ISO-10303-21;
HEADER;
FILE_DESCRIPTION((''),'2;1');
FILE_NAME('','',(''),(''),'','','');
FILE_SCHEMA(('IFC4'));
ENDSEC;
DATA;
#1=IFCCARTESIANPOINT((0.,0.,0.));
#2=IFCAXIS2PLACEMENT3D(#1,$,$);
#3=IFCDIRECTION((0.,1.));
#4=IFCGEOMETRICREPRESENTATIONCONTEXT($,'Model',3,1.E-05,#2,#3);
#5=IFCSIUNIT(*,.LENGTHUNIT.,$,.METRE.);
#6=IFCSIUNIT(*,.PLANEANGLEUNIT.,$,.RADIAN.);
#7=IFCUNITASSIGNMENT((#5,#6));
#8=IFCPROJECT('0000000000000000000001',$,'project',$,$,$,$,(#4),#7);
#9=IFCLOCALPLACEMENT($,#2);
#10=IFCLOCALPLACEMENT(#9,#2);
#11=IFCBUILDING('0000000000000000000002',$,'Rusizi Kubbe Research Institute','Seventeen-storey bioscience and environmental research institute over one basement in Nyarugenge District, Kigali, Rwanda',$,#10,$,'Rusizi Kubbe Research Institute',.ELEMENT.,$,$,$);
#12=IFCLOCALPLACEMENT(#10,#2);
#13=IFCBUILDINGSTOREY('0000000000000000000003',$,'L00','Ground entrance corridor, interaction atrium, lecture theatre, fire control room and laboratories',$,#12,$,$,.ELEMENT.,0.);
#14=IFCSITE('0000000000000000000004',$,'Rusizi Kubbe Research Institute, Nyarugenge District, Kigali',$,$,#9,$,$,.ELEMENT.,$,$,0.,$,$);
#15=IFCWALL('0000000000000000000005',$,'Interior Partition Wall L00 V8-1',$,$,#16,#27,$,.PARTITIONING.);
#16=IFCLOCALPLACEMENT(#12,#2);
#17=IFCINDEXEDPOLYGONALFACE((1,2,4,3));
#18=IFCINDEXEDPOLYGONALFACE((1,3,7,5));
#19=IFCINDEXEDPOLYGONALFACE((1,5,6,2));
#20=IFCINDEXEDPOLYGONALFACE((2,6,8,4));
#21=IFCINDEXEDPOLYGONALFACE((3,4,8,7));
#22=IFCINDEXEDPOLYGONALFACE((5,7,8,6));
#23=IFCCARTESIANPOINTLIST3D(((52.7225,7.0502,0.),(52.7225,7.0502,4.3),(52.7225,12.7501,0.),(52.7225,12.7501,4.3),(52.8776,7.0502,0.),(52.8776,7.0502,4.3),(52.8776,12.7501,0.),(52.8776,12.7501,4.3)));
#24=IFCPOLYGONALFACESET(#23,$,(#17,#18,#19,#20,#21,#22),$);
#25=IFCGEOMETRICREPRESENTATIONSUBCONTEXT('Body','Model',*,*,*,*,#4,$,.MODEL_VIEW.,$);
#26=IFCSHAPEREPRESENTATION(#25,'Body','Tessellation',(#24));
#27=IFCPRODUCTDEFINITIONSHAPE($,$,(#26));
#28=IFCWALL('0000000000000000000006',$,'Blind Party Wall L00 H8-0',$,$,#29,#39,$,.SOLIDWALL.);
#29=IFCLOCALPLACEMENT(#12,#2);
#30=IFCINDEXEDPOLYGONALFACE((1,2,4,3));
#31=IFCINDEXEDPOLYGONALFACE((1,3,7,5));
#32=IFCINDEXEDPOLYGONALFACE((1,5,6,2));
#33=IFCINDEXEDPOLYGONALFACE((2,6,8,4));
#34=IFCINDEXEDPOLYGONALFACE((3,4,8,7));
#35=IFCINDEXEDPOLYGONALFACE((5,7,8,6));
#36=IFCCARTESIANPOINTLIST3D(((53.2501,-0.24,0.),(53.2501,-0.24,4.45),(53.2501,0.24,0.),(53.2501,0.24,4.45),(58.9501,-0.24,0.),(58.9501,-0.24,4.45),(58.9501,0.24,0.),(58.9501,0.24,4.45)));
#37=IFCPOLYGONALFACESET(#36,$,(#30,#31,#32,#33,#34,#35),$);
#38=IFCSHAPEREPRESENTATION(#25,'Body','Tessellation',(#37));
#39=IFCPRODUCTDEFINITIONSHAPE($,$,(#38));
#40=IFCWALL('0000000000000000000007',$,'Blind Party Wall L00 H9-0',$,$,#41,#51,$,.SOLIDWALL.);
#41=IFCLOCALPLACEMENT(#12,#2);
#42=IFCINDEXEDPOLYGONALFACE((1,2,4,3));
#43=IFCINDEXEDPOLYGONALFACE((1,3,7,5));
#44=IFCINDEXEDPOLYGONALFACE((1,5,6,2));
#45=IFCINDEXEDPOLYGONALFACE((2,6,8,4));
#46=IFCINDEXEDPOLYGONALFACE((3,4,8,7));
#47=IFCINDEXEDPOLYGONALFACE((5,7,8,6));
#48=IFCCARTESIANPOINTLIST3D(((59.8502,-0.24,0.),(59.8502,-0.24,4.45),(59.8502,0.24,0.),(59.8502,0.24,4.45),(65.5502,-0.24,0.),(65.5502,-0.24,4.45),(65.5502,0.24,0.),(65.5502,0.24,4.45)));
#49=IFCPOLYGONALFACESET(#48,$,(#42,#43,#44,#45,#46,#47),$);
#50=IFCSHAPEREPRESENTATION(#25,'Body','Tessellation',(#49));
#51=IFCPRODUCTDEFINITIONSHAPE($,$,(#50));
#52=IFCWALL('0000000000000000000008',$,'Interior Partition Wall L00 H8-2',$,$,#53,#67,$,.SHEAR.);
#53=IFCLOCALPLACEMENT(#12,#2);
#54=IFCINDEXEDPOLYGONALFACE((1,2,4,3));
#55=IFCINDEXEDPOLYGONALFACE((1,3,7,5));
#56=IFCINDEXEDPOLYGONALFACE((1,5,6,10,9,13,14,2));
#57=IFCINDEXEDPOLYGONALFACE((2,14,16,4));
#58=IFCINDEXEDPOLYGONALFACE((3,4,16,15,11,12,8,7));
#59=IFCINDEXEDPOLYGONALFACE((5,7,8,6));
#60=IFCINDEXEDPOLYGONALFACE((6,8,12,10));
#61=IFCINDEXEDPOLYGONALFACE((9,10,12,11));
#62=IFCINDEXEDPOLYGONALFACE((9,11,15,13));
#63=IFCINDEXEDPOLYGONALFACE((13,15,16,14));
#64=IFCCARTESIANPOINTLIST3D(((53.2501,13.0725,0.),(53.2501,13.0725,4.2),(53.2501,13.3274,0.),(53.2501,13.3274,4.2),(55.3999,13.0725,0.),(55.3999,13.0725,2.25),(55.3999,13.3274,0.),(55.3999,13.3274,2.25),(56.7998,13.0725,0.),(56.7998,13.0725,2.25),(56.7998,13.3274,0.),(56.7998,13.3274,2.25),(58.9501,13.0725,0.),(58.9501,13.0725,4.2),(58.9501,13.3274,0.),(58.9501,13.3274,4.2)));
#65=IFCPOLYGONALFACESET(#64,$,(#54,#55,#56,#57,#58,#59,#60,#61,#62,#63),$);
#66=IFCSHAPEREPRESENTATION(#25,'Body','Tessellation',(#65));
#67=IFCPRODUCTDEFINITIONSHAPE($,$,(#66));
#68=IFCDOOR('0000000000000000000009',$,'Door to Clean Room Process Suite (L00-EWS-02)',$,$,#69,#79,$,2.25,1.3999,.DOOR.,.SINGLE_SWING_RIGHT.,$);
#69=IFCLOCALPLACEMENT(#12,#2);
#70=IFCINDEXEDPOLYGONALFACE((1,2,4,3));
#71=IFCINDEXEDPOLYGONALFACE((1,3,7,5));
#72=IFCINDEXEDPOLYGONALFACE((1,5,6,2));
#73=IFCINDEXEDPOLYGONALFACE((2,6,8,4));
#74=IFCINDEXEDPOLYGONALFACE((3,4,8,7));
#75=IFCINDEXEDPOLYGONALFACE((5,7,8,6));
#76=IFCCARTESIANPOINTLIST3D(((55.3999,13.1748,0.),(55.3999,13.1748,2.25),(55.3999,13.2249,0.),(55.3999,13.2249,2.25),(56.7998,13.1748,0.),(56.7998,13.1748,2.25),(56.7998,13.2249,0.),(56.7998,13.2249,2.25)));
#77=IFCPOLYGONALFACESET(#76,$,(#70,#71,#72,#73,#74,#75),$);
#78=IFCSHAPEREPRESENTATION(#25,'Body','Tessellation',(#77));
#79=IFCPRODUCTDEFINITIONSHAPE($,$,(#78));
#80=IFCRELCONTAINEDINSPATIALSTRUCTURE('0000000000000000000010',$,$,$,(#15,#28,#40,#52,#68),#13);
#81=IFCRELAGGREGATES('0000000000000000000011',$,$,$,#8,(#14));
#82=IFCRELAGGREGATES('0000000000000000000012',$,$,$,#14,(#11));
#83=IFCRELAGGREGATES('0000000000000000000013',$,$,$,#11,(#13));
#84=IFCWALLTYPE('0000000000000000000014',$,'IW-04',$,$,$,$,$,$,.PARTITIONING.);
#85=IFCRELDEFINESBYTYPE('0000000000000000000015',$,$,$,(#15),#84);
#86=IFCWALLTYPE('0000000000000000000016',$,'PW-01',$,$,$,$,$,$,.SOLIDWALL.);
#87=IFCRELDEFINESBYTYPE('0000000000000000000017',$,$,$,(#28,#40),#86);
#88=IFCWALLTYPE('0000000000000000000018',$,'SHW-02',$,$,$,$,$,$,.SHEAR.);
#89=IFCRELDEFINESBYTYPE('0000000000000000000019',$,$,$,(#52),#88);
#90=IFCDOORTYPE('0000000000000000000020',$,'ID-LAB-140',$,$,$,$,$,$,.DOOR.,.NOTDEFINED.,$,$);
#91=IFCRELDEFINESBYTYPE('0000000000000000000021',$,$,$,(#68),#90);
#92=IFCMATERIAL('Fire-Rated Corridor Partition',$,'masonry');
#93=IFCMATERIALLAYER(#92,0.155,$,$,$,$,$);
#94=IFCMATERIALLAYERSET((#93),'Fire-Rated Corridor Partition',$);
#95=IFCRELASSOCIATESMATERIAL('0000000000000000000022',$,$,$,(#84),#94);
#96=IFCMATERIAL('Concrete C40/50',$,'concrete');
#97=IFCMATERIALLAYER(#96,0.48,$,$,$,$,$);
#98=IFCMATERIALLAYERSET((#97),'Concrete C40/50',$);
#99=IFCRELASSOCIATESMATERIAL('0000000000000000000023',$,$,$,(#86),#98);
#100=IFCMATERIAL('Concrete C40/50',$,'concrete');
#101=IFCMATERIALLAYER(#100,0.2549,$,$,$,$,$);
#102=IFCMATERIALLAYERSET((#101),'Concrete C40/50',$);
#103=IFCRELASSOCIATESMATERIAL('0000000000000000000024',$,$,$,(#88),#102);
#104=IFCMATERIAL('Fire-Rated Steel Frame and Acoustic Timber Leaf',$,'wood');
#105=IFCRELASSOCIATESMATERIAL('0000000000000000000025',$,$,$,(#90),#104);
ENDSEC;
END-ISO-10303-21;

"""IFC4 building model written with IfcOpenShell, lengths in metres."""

from ifc_helpers import new_model, si_unit, direction, frame, frame_2d, origin, place, context, subcontext, project, spatial, rectangle, extrude, material, layer, layer_set, type_object, element, fill, save


model = new_model("IFC4")

# Units and contexts
model_context = context("Model", 3, precision=1e-05, world=origin(), true_north=direction((0.0, 1.0)))
body_context = subcontext(model_context, "Body", "Model", "MODEL_VIEW")
ifc_project = project(units=[si_unit("LENGTHUNIT", "METRE"), si_unit("PLANEANGLEUNIT", "RADIAN")], contexts=[model_context])

# Site, building, storey
site_placement = place(None, origin())
site = spatial("IfcSite", under=ifc_project, at=site_placement, Name="Rusizi Kubbe Research Institute, Nyarugenge District, Kigali", CompositionType="ELEMENT", RefElevation=0.0)
building_placement = place(site_placement, origin())
building = spatial("IfcBuilding", under=site, at=building_placement, Name="Rusizi Kubbe Research Institute", Description="Seventeen-storey bioscience and environmental research institute over one basement in Nyarugenge District, Kigali, Rwanda", LongName="Rusizi Kubbe Research Institute", CompositionType="ELEMENT")
storey_placement = place(building_placement, origin())
storey = spatial("IfcBuildingStorey", under=building, at=storey_placement, Name="L00", Description="Ground entrance corridor, interaction atrium, lecture theatre, fire control room and laboratories", CompositionType="ELEMENT", Elevation=0.0)

# Walls
ifc_material_1 = material(Name="Fire-Rated Corridor Partition", Category="masonry")
ifc_layer_1 = layer(ifc_material_1, 0.155)
ifc_layer_set_1 = layer_set([ifc_layer_1], Name="Fire-Rated Corridor Partition")
wall_type_1 = type_object("IfcWallType", Name="IW-04", PredefinedType="PARTITIONING", material=ifc_layer_set_1)
wall_1_placement = place(storey_placement, frame((52.8, 7.05, 0.0), z_axis=(0.0, 0.0, 1.0), x_axis=(0.0, 1.0, 0.0)))
element("IfcWall", 1, at=wall_1_placement, inside=storey, type_object=wall_type_1, Name="Interior Partition Wall L00 V8-1", PredefinedType="PARTITIONING", context=body_context, shape_type="SweptSolid", body=[
    extrude(rectangle(XDim=5.7, YDim=0.155, at=frame_2d((2.8501, 0.0))), origin(), (0.0, 0.0, 1.0), 4.3),
])
ifc_material_2 = material(Name="Concrete C40/50", Category="concrete")
ifc_layer_2 = layer(ifc_material_2, 0.48)
ifc_layer_set_2 = layer_set([ifc_layer_2], Name="Concrete C40/50")
wall_type_2 = type_object("IfcWallType", Name="PW-01", PredefinedType="SOLIDWALL", material=ifc_layer_set_2)
for number, where, z_axis, x_axis, name in (
    (2, (53.25, 0.0, 0.0), (0.0, 0.0, 1.0), (1.0, 0.0, 0.0), "Blind Party Wall L00 H8-0"),
    (3, (59.8501, 0.0, 0.0), (0.0, 0.0, 1.0), (1.0, 0.0, 0.0), "Blind Party Wall L00 H9-0"),
):
    element("IfcWall", number, at=place(storey_placement, frame(where, z_axis=z_axis, x_axis=x_axis)), inside=storey, type_object=wall_type_2, Name=name, PredefinedType="SOLIDWALL", context=body_context, shape_type="SweptSolid", body=[
        extrude(rectangle(XDim=5.7, YDim=0.48, at=frame_2d((2.8501, 0.0))), origin(), (0.0, 0.0, 1.0), 4.45),
    ])

# Wall, opening, door
ifc_material_3 = material(Name="Concrete C40/50", Category="concrete")
ifc_layer_3 = layer(ifc_material_3, 0.2549)
ifc_layer_set_3 = layer_set([ifc_layer_3], Name="Concrete C40/50")
wall_type_3 = type_object("IfcWallType", Name="SHW-02", PredefinedType="SHEAR", material=ifc_layer_set_3)
wall_2_placement = place(storey_placement, frame((53.25, 13.2, 0.0), z_axis=(0.0, 0.0, 1.0), x_axis=(1.0, 0.0, 0.0)))
wall_2 = element("IfcWall", 4, at=wall_2_placement, inside=storey, type_object=wall_type_3, Name="Interior Partition Wall L00 H8-2", PredefinedType="SHEAR", context=body_context, shape_type="SweptSolid", body=[
    extrude(rectangle(XDim=5.7, YDim=0.2549, at=frame_2d((2.8501, 0.0))), origin(), (0.0, 0.0, 1.0), 4.2),
])
opening_placement = place(wall_2_placement, frame((2.1499, 0.0, 0.0)))
opening = element("IfcOpeningElement", 5, at=opening_placement, cuts=wall_2, PredefinedType="OPENING", context=body_context, shape_type="SweptSolid", body=[
    extrude(rectangle(XDim=1.3999, YDim=2.25, at=frame_2d((0.7, 1.125))), frame((0.0, 0.1375, 0.0), z_axis=(0.0, -1.0, 0.0), x_axis=(1.0, 0.0, 0.0)), (0.0, 0.0, 1.0), 0.2749),
])
ifc_material_4 = material(Name="Fire-Rated Steel Frame and Acoustic Timber Leaf", Category="wood")
door_type = type_object("IfcDoorType", Name="ID-LAB-140", OperationType="NOTDEFINED", PredefinedType="DOOR", material=ifc_material_4)
door_placement = place(opening_placement, origin())
door = element("IfcDoor", 6, at=door_placement, inside=storey, type_object=door_type, Name="Door to Clean Room Process Suite (L00-EWS-02)", OperationType="SINGLE_SWING_RIGHT", OverallHeight=2.25, OverallWidth=1.3999, PredefinedType="DOOR", context=body_context, shape_type="SweptSolid", body=[
    extrude(rectangle(XDim=1.3999, YDim=2.25, at=frame_2d((0.7, 1.125))), frame((0.0, 0.0249, 0.0), z_axis=(0.0, -1.0, 0.0), x_axis=(1.0, 0.0, 0.0)), (0.0, 0.0, 1.0), 0.05),
])
fill(opening, door)

save(model, "model.ifc")
